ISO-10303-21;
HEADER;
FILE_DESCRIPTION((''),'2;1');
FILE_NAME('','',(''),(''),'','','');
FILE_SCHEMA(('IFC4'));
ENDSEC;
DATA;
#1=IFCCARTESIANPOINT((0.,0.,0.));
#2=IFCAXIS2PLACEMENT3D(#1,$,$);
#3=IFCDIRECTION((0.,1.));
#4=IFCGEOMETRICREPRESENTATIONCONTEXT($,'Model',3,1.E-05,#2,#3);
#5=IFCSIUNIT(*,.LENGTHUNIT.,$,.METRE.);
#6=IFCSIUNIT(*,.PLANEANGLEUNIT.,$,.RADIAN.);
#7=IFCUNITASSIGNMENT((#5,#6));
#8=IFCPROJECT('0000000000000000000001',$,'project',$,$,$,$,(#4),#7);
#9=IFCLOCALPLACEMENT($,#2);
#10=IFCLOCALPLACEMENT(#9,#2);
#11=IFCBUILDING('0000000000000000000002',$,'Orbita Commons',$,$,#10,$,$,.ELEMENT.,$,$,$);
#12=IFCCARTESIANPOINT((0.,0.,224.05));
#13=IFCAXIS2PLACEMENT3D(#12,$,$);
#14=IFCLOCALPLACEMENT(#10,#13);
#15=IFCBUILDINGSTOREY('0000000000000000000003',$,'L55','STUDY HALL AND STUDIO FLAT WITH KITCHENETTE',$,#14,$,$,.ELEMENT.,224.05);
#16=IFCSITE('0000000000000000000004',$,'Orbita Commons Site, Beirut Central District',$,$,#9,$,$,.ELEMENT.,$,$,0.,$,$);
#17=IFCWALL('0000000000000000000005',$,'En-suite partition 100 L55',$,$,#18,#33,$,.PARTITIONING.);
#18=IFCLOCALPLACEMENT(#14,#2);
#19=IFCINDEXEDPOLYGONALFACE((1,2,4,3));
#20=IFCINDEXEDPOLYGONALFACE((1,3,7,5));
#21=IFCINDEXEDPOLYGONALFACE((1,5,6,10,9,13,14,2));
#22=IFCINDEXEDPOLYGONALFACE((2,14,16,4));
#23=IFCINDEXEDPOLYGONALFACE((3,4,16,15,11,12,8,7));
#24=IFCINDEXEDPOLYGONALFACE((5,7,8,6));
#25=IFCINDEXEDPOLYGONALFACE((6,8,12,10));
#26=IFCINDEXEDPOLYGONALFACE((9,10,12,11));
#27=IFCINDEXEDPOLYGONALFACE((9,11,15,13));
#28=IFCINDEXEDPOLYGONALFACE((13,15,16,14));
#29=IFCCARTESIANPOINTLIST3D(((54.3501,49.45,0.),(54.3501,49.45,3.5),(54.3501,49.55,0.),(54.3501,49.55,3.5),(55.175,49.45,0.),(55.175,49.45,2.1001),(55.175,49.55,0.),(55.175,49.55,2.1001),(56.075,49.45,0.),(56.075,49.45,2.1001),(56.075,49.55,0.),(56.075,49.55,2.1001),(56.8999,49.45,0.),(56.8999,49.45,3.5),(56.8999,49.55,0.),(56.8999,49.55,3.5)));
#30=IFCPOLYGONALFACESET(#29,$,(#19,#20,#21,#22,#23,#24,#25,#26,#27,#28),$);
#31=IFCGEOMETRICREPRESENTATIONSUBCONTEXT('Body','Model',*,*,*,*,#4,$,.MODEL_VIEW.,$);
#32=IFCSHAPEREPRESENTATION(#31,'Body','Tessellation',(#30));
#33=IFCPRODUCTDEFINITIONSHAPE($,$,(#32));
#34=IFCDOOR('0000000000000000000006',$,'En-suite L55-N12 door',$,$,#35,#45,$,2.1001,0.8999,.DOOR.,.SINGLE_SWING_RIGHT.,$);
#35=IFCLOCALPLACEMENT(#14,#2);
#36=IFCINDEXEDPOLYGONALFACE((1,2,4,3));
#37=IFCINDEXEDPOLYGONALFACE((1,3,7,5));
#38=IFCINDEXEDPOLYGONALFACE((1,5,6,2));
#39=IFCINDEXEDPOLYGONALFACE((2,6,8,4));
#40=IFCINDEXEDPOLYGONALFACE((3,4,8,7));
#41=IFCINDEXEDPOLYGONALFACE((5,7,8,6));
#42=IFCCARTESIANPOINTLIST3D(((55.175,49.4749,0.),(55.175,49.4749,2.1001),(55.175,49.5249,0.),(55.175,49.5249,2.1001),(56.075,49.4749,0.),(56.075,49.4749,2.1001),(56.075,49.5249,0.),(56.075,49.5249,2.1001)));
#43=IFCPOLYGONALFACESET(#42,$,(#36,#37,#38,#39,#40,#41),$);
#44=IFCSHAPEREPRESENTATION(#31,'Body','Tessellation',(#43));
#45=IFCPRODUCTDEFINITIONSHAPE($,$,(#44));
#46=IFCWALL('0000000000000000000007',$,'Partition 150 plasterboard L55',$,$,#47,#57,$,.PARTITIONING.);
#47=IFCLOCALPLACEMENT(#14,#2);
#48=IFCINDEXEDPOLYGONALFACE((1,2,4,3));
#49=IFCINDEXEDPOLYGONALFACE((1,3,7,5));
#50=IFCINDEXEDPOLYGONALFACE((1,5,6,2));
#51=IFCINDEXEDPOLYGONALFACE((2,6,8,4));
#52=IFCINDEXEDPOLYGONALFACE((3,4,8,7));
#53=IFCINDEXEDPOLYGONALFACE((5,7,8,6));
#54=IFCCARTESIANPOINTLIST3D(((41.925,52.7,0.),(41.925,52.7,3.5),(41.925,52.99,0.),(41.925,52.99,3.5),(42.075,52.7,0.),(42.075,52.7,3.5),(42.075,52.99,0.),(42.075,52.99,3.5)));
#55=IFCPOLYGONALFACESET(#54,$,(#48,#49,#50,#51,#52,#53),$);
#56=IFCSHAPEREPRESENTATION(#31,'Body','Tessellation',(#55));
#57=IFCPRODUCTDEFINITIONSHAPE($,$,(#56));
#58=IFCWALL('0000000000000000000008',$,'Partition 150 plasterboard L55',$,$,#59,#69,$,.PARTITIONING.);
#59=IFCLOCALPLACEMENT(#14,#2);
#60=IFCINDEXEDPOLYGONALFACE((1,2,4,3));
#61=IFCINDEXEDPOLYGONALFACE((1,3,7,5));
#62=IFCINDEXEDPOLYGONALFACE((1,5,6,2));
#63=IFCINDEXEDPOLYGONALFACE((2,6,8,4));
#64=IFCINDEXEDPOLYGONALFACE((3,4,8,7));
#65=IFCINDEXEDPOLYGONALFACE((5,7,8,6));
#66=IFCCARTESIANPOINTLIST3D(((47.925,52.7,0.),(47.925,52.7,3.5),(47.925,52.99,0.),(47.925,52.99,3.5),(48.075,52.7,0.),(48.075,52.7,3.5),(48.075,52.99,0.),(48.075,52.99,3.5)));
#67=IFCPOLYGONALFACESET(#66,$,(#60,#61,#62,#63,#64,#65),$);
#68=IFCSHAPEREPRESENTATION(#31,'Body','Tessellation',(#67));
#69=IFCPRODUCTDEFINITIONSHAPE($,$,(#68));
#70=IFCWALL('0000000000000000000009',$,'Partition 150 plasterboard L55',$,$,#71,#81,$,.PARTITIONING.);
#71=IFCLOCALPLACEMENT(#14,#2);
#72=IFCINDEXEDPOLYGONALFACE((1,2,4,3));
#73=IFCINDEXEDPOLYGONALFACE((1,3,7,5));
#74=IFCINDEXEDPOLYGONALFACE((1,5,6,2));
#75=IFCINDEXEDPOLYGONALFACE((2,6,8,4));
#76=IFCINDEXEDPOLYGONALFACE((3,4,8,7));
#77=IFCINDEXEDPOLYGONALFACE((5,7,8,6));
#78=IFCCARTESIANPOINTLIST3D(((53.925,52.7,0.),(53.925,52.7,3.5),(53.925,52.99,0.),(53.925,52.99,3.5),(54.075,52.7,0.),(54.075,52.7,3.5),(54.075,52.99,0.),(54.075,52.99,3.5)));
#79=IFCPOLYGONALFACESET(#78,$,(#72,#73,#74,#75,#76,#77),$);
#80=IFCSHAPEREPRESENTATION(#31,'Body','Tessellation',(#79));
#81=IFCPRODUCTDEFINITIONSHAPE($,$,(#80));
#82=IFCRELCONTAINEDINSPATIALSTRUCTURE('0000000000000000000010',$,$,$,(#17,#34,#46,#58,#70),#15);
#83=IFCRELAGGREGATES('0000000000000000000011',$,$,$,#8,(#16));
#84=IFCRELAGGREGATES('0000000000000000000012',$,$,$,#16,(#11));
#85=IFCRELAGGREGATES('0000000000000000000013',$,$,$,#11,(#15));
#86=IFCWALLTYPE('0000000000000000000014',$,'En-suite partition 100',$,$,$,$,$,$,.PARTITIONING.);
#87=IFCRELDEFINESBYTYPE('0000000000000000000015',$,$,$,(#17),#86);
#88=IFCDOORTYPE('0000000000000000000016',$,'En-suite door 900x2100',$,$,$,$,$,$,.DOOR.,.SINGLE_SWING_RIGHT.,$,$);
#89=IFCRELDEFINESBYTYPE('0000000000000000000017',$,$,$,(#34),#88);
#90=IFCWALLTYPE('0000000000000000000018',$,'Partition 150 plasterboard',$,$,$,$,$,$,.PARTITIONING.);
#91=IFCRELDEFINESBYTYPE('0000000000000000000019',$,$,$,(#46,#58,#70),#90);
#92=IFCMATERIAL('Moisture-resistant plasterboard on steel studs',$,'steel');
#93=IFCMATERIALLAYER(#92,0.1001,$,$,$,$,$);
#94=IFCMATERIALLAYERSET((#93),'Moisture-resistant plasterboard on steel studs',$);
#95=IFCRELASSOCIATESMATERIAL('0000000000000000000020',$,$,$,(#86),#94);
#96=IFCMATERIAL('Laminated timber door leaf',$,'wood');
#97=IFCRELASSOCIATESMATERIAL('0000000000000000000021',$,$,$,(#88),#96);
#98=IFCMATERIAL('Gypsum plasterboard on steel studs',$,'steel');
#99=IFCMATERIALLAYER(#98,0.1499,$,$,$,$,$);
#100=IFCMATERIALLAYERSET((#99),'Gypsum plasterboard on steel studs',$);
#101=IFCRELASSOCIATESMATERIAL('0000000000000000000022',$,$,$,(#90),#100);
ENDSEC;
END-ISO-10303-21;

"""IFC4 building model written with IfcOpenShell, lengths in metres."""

from ifc_helpers import new_model, si_unit, direction, frame, frame_2d, origin, place, context, subcontext, project, spatial, rectangle, extrude, material, layer, layer_set, type_object, element, fill, save


model = new_model("IFC4")

# Units and contexts
model_context = context("Model", 3, precision=1e-05, world=origin(), true_north=direction((0.0, 1.0)))
body_context = subcontext(model_context, "Body", "Model", "MODEL_VIEW")
ifc_project = project(units=[si_unit("LENGTHUNIT", "METRE"), si_unit("PLANEANGLEUNIT", "RADIAN")], contexts=[model_context])

# Site, building, storey
site_placement = place(None, origin())
site = spatial("IfcSite", under=ifc_project, at=site_placement, Name="Orbita Commons Site, Beirut Central District", CompositionType="ELEMENT", RefElevation=0.0)
building_placement = place(site_placement, origin())
building = spatial("IfcBuilding", under=site, at=building_placement, Name="Orbita Commons", CompositionType="ELEMENT")
storey_placement = place(building_placement, frame((0.0, 0.0, 224.05)))
storey = spatial("IfcBuildingStorey", under=building, at=storey_placement, Name="L55", Description="STUDY HALL AND STUDIO FLAT WITH KITCHENETTE", CompositionType="ELEMENT", Elevation=224.05)

# Shared definitions
ifc_material_1 = material(Name="Moisture-resistant plasterboard on steel studs", Category="steel")
ifc_layer_1 = layer(ifc_material_1, 0.1001)
ifc_layer_set_1 = layer_set([ifc_layer_1], Name="Moisture-resistant plasterboard on steel studs")
wall_type_1 = type_object("IfcWallType", Name="En-suite partition 100", PredefinedType="PARTITIONING", material=ifc_layer_set_1)

# Wall, opening, door
wall_1_placement = place(storey_placement, frame((54.3501, 49.5, 0.0), z_axis=(0.0, 0.0, 1.0), x_axis=(1.0, 0.0, 0.0)))
wall_1 = element("IfcWall", 1, at=wall_1_placement, inside=storey, type_object=wall_type_1, Name="En-suite partition 100 L55", PredefinedType="PARTITIONING", context=body_context, shape_type="SweptSolid", body=[
    extrude(rectangle(XDim=2.5498, YDim=0.1001, at=frame_2d((1.2749, 0.0))), origin(), (0.0, 0.0, 1.0), 3.5),
])
opening_1_placement = place(wall_1_placement, frame((0.825, 0.0, 0.0)))
opening_1 = element("IfcOpeningElement", 2, at=opening_1_placement, cuts=wall_1, PredefinedType="OPENING", context=body_context, shape_type="SweptSolid", body=[
    extrude(rectangle(XDim=0.8999, YDim=2.1001, at=frame_2d((0.45, 1.05))), frame((0.0, 0.0601, 0.0), z_axis=(0.0, -1.0, 0.0), x_axis=(1.0, 0.0, 0.0)), (0.0, 0.0, 1.0), 0.1201),
])
ifc_material_2 = material(Name="Laminated timber door leaf", Category="wood")
door_type_1 = type_object("IfcDoorType", Name="En-suite door 900x2100", OperationType="SINGLE_SWING_RIGHT", PredefinedType="DOOR", material=ifc_material_2)
door_1_placement = place(opening_1_placement, origin())
door_1 = element("IfcDoor", 3, at=door_1_placement, inside=storey, type_object=door_type_1, Name="En-suite L55-N12 door", OperationType="SINGLE_SWING_RIGHT", OverallHeight=2.1001, OverallWidth=0.8999, PredefinedType="DOOR", context=body_context, shape_type="SweptSolid", body=[
    extrude(rectangle(XDim=0.8999, YDim=2.1001, at=frame_2d((0.45, 1.05))), frame((0.0, 0.0249, 0.0), z_axis=(0.0, -1.0, 0.0), x_axis=(1.0, 0.0, 0.0)), (0.0, 0.0, 1.0), 0.05),
])
fill(opening_1, door_1)

# Walls
ifc_material_3 = material(Name="Gypsum plasterboard on steel studs", Category="steel")
ifc_layer_2 = layer(ifc_material_3, 0.1499)
ifc_layer_set_2 = layer_set([ifc_layer_2], Name="Gypsum plasterboard on steel studs")
wall_type_2 = type_object("IfcWallType", Name="Partition 150 plasterboard", PredefinedType="PARTITIONING", material=ifc_layer_set_2)
for number, where, z_axis, x_axis, name in (
    (4, (42.0, 52.7, 0.0), (0.0, 0.0, 1.0), (0.0, 1.0, 0.0), "Partition 150 plasterboard L55"),
    (5, (48.0, 52.7, 0.0), (0.0, 0.0, 1.0), (0.0, 1.0, 0.0), "Partition 150 plasterboard L55"),
    (6, (54.0, 52.7, 0.0), (0.0, 0.0, 1.0), (0.0, 1.0, 0.0), "Partition 150 plasterboard L55"),
):
    element("IfcWall", number, at=place(storey_placement, frame(where, z_axis=z_axis, x_axis=x_axis)), inside=storey, type_object=wall_type_2, Name=name, PredefinedType="PARTITIONING", context=body_context, shape_type="SweptSolid", body=[
        extrude(rectangle(XDim=0.29, YDim=0.1499, at=frame_2d((0.145, 0.0))), origin(), (0.0, 0.0, 1.0), 3.5),
    ])

save(model, "model.ifc")
